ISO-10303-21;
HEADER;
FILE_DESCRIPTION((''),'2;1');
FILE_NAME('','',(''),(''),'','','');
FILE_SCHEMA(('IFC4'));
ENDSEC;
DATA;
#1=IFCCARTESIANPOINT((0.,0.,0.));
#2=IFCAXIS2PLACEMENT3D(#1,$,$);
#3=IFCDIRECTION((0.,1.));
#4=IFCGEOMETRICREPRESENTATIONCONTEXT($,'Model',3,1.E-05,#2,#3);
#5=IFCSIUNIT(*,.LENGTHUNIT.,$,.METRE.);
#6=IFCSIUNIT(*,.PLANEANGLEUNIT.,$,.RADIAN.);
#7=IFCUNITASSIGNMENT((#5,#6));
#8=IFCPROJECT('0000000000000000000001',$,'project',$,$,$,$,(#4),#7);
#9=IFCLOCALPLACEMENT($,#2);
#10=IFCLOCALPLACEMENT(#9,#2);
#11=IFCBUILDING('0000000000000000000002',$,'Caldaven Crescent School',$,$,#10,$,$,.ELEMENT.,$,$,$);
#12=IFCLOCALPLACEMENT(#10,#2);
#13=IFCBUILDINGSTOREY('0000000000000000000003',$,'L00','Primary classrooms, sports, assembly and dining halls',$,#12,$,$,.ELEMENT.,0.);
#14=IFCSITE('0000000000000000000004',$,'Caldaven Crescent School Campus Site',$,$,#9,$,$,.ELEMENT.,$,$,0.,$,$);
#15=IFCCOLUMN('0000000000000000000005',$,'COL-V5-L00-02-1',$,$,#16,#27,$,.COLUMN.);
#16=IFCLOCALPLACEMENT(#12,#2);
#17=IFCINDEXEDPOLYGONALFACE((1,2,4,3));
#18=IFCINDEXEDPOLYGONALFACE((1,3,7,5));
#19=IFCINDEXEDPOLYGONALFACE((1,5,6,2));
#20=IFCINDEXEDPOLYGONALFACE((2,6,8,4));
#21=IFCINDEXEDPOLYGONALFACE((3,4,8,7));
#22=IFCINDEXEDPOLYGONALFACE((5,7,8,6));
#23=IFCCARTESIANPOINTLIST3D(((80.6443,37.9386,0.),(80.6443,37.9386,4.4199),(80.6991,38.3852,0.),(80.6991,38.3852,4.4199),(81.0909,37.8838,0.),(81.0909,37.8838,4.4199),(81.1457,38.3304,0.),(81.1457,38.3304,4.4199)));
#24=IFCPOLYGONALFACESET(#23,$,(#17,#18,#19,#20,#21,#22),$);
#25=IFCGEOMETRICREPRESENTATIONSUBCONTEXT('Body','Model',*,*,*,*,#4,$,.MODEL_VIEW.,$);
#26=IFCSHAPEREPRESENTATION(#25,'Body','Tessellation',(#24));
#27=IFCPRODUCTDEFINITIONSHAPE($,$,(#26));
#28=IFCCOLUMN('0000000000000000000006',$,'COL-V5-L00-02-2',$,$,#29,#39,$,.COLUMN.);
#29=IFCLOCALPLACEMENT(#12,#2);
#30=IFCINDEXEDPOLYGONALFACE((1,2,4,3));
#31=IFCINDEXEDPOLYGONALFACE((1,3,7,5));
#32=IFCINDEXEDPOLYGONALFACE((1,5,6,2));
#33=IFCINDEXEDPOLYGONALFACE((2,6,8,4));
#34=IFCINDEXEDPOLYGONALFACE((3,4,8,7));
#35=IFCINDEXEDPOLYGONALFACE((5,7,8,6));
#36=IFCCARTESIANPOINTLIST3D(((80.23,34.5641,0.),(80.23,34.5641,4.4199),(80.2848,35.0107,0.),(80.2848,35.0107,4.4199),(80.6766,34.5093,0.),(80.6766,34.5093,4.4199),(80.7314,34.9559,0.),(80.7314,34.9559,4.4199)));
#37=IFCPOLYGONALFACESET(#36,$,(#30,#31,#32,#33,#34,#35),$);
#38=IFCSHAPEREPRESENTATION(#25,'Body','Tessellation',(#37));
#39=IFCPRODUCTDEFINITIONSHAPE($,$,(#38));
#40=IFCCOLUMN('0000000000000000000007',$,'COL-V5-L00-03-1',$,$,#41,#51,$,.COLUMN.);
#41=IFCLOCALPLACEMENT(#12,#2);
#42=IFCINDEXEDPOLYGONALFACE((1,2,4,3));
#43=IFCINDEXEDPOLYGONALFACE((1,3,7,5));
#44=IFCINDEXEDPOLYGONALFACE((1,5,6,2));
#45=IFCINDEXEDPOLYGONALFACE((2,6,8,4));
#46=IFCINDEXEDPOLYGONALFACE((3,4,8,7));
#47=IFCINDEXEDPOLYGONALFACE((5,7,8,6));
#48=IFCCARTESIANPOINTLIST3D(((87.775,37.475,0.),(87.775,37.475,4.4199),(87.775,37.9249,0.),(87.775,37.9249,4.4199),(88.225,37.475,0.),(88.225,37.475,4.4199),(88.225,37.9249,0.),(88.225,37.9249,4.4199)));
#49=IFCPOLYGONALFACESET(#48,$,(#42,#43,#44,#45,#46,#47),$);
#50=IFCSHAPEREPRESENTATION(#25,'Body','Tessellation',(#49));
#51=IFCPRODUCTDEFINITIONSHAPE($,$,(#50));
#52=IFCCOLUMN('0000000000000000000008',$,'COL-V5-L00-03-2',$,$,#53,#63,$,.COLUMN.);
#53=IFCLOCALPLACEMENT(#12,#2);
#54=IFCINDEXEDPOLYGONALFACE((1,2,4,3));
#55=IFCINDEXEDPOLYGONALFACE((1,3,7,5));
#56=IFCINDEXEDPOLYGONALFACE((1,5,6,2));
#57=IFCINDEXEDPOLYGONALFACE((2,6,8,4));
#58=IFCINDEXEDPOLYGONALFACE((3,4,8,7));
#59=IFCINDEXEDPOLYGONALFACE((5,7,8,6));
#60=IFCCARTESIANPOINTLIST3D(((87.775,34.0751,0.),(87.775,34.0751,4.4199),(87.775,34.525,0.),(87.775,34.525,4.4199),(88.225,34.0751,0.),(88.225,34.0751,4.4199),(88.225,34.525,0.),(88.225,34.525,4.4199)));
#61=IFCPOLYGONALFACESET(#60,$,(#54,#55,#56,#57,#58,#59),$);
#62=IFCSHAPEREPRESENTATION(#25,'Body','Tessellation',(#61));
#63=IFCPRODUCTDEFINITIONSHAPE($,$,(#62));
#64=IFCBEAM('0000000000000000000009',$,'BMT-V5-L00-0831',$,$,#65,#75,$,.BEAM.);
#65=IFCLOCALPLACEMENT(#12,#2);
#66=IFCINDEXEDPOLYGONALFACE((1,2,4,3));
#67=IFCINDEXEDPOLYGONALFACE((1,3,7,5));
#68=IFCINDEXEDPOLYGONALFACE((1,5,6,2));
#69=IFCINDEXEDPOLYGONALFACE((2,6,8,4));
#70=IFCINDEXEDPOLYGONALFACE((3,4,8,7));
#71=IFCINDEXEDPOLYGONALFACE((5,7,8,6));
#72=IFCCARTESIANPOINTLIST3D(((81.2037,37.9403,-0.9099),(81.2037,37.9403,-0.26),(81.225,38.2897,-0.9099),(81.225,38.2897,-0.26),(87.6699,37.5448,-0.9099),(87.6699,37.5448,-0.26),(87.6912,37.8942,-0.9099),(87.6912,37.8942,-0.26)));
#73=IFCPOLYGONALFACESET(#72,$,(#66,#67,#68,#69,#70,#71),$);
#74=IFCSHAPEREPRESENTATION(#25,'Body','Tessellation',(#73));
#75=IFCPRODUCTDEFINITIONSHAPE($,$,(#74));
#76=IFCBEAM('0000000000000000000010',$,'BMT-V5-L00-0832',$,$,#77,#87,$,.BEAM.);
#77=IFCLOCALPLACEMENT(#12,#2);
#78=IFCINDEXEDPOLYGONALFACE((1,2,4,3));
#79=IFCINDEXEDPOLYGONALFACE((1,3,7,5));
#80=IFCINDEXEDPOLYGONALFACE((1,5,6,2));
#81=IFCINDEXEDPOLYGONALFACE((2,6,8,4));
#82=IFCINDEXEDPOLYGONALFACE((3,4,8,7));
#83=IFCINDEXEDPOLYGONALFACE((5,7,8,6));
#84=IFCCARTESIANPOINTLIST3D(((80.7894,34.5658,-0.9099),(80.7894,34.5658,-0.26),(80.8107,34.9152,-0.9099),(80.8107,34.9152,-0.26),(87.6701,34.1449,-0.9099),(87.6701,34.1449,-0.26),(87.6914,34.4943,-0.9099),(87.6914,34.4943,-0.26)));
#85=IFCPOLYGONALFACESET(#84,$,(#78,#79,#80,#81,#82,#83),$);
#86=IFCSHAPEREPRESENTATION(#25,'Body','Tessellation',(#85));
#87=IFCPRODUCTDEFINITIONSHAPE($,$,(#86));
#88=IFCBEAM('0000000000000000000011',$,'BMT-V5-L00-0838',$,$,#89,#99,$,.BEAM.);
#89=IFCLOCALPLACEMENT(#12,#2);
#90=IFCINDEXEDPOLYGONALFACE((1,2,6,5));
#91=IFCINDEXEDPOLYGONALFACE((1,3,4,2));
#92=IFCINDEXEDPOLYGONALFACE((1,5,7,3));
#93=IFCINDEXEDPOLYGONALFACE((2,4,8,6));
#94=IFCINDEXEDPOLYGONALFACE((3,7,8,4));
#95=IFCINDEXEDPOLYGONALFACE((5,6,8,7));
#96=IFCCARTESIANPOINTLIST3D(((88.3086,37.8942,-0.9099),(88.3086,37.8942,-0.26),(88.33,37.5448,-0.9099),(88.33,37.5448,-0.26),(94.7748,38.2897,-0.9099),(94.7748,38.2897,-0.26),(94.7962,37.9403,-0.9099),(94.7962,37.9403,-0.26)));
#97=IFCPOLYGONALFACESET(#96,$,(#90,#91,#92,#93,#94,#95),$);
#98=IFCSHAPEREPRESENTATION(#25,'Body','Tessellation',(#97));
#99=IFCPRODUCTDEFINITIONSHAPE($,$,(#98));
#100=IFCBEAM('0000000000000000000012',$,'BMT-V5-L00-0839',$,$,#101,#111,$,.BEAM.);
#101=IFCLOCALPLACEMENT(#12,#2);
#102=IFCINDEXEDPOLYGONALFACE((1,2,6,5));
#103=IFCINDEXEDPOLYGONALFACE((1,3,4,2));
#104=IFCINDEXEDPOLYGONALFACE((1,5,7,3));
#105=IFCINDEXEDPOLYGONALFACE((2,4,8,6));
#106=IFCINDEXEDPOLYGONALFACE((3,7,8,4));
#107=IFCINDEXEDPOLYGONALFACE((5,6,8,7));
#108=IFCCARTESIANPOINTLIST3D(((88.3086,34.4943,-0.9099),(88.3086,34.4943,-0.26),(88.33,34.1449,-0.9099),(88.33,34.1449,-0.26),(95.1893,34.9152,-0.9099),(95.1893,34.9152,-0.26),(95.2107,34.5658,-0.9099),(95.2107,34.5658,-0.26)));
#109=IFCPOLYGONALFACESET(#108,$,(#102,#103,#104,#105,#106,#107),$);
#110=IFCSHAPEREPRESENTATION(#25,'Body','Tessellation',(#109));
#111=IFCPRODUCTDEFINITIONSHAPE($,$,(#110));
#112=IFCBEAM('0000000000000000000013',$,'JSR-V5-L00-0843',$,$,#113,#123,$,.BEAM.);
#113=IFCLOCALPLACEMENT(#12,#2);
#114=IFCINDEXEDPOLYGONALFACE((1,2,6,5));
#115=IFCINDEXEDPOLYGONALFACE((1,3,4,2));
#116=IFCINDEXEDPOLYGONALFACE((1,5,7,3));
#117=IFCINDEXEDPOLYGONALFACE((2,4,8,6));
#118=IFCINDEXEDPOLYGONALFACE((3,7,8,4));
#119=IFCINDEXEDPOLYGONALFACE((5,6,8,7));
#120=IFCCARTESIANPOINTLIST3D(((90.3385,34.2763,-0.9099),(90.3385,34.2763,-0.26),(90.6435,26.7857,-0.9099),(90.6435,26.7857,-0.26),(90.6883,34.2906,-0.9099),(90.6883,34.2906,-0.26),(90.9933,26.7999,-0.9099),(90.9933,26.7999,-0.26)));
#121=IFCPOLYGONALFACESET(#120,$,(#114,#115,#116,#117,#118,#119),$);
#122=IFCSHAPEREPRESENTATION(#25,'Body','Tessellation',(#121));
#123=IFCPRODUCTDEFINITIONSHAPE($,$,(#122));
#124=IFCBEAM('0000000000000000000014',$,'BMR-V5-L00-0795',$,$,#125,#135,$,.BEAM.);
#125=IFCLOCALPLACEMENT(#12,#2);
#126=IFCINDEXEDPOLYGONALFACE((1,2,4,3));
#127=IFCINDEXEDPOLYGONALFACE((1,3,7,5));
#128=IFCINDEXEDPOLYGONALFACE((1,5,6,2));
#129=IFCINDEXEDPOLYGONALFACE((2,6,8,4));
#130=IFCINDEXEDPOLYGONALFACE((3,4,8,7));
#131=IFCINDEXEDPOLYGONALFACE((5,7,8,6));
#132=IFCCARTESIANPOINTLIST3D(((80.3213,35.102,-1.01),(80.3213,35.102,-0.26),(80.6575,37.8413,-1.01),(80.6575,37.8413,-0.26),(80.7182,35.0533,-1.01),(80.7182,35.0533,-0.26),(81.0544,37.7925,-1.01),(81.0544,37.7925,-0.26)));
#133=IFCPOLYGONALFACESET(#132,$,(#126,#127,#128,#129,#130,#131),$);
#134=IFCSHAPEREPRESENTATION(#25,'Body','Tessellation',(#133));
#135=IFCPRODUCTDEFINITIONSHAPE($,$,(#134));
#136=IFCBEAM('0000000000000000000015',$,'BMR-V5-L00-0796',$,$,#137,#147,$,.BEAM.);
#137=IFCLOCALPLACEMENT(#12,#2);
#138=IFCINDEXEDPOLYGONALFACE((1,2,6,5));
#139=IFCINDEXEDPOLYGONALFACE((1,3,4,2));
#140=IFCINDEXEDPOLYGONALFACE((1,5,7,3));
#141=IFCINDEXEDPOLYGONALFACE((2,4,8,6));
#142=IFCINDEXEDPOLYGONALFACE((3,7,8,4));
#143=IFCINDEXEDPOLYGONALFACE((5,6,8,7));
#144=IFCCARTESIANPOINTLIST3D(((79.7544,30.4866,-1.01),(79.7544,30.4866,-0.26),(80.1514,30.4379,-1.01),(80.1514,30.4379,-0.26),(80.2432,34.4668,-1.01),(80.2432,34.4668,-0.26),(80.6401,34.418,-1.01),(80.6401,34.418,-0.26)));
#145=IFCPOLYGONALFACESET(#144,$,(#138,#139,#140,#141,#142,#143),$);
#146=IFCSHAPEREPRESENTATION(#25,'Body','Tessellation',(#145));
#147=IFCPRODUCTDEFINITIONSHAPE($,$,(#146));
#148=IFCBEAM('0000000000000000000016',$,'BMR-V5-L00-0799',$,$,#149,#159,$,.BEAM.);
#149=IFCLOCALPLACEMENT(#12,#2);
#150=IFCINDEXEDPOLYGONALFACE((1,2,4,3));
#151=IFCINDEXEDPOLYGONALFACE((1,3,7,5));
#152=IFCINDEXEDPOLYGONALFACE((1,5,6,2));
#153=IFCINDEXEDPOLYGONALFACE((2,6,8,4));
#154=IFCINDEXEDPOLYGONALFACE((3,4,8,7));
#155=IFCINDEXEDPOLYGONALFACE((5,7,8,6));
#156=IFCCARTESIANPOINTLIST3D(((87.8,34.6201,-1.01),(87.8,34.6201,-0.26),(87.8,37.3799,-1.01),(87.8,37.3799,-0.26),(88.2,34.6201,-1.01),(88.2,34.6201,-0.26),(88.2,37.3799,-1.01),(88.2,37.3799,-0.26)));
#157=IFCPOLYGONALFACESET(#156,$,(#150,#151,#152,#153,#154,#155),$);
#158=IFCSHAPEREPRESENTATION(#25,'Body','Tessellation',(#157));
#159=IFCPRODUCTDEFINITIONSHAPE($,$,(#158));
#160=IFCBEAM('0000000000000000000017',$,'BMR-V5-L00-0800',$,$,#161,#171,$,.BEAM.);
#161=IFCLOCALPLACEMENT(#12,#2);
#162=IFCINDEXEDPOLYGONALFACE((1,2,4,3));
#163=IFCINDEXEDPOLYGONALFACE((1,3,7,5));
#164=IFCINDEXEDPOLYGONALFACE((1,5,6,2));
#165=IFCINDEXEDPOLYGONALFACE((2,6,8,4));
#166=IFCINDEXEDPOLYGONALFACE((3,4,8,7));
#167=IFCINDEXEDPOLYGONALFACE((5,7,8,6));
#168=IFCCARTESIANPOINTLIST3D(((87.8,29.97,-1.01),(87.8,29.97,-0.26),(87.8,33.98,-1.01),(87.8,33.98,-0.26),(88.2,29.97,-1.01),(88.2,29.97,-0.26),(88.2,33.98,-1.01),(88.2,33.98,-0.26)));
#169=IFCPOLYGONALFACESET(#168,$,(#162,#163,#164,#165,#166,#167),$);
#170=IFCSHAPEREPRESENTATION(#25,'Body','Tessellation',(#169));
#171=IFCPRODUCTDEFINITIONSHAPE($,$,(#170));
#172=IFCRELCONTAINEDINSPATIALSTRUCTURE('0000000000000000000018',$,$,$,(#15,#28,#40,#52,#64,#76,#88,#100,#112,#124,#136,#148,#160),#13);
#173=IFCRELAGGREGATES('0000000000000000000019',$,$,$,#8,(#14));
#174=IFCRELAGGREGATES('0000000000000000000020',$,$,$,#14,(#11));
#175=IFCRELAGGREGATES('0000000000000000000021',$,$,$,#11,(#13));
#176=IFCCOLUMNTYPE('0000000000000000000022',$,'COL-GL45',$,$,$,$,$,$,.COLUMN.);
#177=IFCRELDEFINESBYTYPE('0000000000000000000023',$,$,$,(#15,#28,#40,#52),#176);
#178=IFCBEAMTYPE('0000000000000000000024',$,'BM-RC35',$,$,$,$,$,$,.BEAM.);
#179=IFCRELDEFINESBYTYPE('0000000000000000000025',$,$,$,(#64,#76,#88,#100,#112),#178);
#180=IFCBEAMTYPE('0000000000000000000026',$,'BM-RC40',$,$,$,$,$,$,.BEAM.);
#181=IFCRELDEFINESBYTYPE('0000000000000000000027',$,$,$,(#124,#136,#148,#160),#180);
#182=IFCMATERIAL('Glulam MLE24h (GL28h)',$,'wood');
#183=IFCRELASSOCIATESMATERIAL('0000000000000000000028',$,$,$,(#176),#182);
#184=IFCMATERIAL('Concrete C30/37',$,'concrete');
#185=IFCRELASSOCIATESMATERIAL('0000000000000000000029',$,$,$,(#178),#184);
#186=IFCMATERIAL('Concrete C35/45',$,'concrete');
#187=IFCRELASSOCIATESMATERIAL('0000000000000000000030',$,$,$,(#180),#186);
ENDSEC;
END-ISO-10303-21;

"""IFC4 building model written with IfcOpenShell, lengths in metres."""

from ifc_helpers import new_model, si_unit, direction, frame, origin, origin_2d, place, context, subcontext, project, spatial, rectangle, extrude, material, material_profile, profile_set, type_object, element, save


model = new_model("IFC4")

# Units and contexts
model_context = context("Model", 3, precision=1e-05, world=origin(), true_north=direction((0.0, 1.0)))
body_context = subcontext(model_context, "Body", "Model", "MODEL_VIEW")
ifc_project = project(units=[si_unit("LENGTHUNIT", "METRE"), si_unit("PLANEANGLEUNIT", "RADIAN")], contexts=[model_context])

# Site, building, storey
site_placement = place(None, origin())
site = spatial("IfcSite", under=ifc_project, at=site_placement, Name="Caldaven Crescent School Campus Site", CompositionType="ELEMENT", RefElevation=0.0)
building_placement = place(site_placement, origin())
building = spatial("IfcBuilding", under=site, at=building_placement, Name="Caldaven Crescent School", CompositionType="ELEMENT")
storey_placement = place(building_placement, origin())
storey = spatial("IfcBuildingStorey", under=building, at=storey_placement, Name="L00", Description="Primary classrooms, sports, assembly and dining halls", CompositionType="ELEMENT", Elevation=0.0)

# Columns
ifc_material_1 = material(Name="Glulam MLE24h (GL28h)", Category="wood")
ifc_material_profile_1 = material_profile(ifc_material_1, rectangle(XDim=0.45, YDim=0.45, at=origin_2d()), Name="MLE 450x450")
ifc_profile_set_1 = profile_set([ifc_material_profile_1], Name="Glulam MLE24h (GL28h)")
column_type = type_object("IfcColumnType", Name="COL-GL45", PredefinedType="COLUMN", material=ifc_profile_set_1)
for number, where, z_axis, x_axis, name in (
    (1, (80.895, 38.1345, 0.0), (0.0, 0.0, 1.0), (-0.121869, -0.992546, 0.0), "COL-V5-L00-02-1"),
    (2, (80.4807, 34.76, 0.0), (0.0, 0.0, 1.0), (-0.121869, -0.992546, 0.0), "COL-V5-L00-02-2"),
    (3, (88.0, 37.7, 0.0), (0.0, 0.0, 1.0), (0.0, -1.0, 0.0), "COL-V5-L00-03-1"),
    (4, (88.0, 34.3, 0.0), (0.0, 0.0, 1.0), (0.0, -1.0, 0.0), "COL-V5-L00-03-2"),
):
    element("IfcColumn", number, at=place(storey_placement, frame(where, z_axis=z_axis, x_axis=x_axis)), inside=storey, type_object=column_type, Name=name, PredefinedType="COLUMN", context=body_context, shape_type="SweptSolid", body=[
        extrude(rectangle(XDim=0.45, YDim=0.45, at=origin_2d()), origin(), (0.0, 0.0, 1.0), 4.4199),
    ])

# Beams
ifc_material_2 = material(Name="Concrete C30/37", Category="concrete")
ifc_material_profile_2 = material_profile(ifc_material_2, rectangle(XDim=0.3501, YDim=0.6499, at=origin_2d()), Name="RC 350x650")
ifc_profile_set_2 = profile_set([ifc_material_profile_2], Name="Concrete C30/37")
beam_type_1 = type_object("IfcBeamType", Name="BM-RC35", PredefinedType="BEAM", material=ifc_profile_set_2)
beam_1_placement = place(storey_placement, frame((81.2144, 38.115, -0.585), z_axis=(0.998135, -0.06105, 0.0), x_axis=(0.06105, 0.998135, 0.0)))
element("IfcBeam", 5, at=beam_1_placement, inside=storey, type_object=beam_type_1, Name="BMT-V5-L00-0831", PredefinedType="BEAM", context=body_context, shape_type="SweptSolid", body=[
    extrude(rectangle(XDim=0.3501, YDim=0.6499, at=origin_2d()), origin(), (0.0, 0.0, 1.0), 6.4783),
])
beam_2_placement = place(storey_placement, frame((80.8, 34.7405, -0.585), z_axis=(0.998134, -0.061057, 0.0), x_axis=(0.061057, 0.998134, 0.0)))
element("IfcBeam", 6, at=beam_2_placement, inside=storey, type_object=beam_type_1, Name="BMT-V5-L00-0832", PredefinedType="BEAM", context=body_context, shape_type="SweptSolid", body=[
    extrude(rectangle(XDim=0.3501, YDim=0.6499, at=origin_2d()), origin(), (0.0, 0.0, 1.0), 6.8936),
])
beam_3_placement = place(storey_placement, frame((88.3193, 37.7195, -0.585), z_axis=(0.998135, 0.06105, 0.0), x_axis=(-0.06105, 0.998135, 0.0)))
element("IfcBeam", 7, at=beam_3_placement, inside=storey, type_object=beam_type_1, Name="BMT-V5-L00-0838", PredefinedType="BEAM", context=body_context, shape_type="SweptSolid", body=[
    extrude(rectangle(XDim=0.3501, YDim=0.6499, at=origin_2d()), origin(), (0.0, 0.0, 1.0), 6.4783),
])
beam_4_placement = place(storey_placement, frame((88.3193, 34.3196, -0.585), z_axis=(0.998134, 0.061057, 0.0), x_axis=(-0.061057, 0.998134, 0.0)))
element("IfcBeam", 8, at=beam_4_placement, inside=storey, type_object=beam_type_1, Name="BMT-V5-L00-0839", PredefinedType="BEAM", context=body_context, shape_type="SweptSolid", body=[
    extrude(rectangle(XDim=0.3501, YDim=0.6499, at=origin_2d()), origin(), (0.0, 0.0, 1.0), 6.8936),
])
beam_5_placement = place(storey_placement, frame((90.5134, 34.2834, -0.585), z_axis=(0.040674, -0.999172, 0.0), x_axis=(0.999172, 0.040674, 0.0)))
element("IfcBeam", 9, at=beam_5_placement, inside=storey, type_object=beam_type_1, Name="JSR-V5-L00-0843", PredefinedType="BEAM", context=body_context, shape_type="SweptSolid", body=[
    extrude(rectangle(XDim=0.3501, YDim=0.6499, at=origin_2d()), origin(), (0.0, 0.0, 1.0), 7.4968),
])
ifc_material_3 = material(Name="Concrete C35/45", Category="concrete")
ifc_material_profile_3 = material_profile(ifc_material_3, rectangle(XDim=0.3999, YDim=0.75, at=origin_2d()), Name="RC 400x750")
ifc_profile_set_3 = profile_set([ifc_material_profile_3], Name="Concrete C35/45")
beam_type_2 = type_object("IfcBeamType", Name="BM-RC40", PredefinedType="BEAM", material=ifc_profile_set_3)
beam_6_placement = place(storey_placement, frame((80.856, 37.8169, -0.635), z_axis=(-0.121813, -0.992553, 0.0), x_axis=(0.992553, -0.121813, 0.0)))
element("IfcBeam", 10, at=beam_6_placement, inside=storey, type_object=beam_type_2, Name="BMR-V5-L00-0795", PredefinedType="BEAM", context=body_context, shape_type="SweptSolid", body=[
    extrude(rectangle(XDim=0.3999, YDim=0.75, at=origin_2d()), origin(), (0.0, 0.0, 1.0), 2.7598),
])
beam_7_placement = place(storey_placement, frame((80.4417, 34.4424, -0.635), z_axis=(-0.121884, -0.992544, 0.0), x_axis=(0.992544, -0.121884, 0.0)))
element("IfcBeam", 11, at=beam_7_placement, inside=storey, type_object=beam_type_2, Name="BMR-V5-L00-0796", PredefinedType="BEAM", context=body_context, shape_type="SweptSolid", body=[
    extrude(rectangle(XDim=0.3999, YDim=0.75, at=origin_2d()), origin(), (0.0, 0.0, 1.0), 4.01),
])
beam_8_placement = place(storey_placement, frame((88.0, 37.3799, -0.635), z_axis=(0.0, -1.0, 0.0), x_axis=(1.0, 0.0, 0.0)))
element("IfcBeam", 12, at=beam_8_placement, inside=storey, type_object=beam_type_2, Name="BMR-V5-L00-0799", PredefinedType="BEAM", context=body_context, shape_type="SweptSolid", body=[
    extrude(rectangle(XDim=0.3999, YDim=0.75, at=origin_2d()), origin(), (0.0, 0.0, 1.0), 2.7598),
])
beam_9_placement = place(storey_placement, frame((88.0, 33.98, -0.635), z_axis=(0.0, -1.0, 0.0), x_axis=(1.0, 0.0, 0.0)))
element("IfcBeam", 13, at=beam_9_placement, inside=storey, type_object=beam_type_2, Name="BMR-V5-L00-0800", PredefinedType="BEAM", context=body_context, shape_type="SweptSolid", body=[
    extrude(rectangle(XDim=0.3999, YDim=0.75, at=origin_2d()), origin(), (0.0, 0.0, 1.0), 4.01),
])

save(model, "model.ifc")
